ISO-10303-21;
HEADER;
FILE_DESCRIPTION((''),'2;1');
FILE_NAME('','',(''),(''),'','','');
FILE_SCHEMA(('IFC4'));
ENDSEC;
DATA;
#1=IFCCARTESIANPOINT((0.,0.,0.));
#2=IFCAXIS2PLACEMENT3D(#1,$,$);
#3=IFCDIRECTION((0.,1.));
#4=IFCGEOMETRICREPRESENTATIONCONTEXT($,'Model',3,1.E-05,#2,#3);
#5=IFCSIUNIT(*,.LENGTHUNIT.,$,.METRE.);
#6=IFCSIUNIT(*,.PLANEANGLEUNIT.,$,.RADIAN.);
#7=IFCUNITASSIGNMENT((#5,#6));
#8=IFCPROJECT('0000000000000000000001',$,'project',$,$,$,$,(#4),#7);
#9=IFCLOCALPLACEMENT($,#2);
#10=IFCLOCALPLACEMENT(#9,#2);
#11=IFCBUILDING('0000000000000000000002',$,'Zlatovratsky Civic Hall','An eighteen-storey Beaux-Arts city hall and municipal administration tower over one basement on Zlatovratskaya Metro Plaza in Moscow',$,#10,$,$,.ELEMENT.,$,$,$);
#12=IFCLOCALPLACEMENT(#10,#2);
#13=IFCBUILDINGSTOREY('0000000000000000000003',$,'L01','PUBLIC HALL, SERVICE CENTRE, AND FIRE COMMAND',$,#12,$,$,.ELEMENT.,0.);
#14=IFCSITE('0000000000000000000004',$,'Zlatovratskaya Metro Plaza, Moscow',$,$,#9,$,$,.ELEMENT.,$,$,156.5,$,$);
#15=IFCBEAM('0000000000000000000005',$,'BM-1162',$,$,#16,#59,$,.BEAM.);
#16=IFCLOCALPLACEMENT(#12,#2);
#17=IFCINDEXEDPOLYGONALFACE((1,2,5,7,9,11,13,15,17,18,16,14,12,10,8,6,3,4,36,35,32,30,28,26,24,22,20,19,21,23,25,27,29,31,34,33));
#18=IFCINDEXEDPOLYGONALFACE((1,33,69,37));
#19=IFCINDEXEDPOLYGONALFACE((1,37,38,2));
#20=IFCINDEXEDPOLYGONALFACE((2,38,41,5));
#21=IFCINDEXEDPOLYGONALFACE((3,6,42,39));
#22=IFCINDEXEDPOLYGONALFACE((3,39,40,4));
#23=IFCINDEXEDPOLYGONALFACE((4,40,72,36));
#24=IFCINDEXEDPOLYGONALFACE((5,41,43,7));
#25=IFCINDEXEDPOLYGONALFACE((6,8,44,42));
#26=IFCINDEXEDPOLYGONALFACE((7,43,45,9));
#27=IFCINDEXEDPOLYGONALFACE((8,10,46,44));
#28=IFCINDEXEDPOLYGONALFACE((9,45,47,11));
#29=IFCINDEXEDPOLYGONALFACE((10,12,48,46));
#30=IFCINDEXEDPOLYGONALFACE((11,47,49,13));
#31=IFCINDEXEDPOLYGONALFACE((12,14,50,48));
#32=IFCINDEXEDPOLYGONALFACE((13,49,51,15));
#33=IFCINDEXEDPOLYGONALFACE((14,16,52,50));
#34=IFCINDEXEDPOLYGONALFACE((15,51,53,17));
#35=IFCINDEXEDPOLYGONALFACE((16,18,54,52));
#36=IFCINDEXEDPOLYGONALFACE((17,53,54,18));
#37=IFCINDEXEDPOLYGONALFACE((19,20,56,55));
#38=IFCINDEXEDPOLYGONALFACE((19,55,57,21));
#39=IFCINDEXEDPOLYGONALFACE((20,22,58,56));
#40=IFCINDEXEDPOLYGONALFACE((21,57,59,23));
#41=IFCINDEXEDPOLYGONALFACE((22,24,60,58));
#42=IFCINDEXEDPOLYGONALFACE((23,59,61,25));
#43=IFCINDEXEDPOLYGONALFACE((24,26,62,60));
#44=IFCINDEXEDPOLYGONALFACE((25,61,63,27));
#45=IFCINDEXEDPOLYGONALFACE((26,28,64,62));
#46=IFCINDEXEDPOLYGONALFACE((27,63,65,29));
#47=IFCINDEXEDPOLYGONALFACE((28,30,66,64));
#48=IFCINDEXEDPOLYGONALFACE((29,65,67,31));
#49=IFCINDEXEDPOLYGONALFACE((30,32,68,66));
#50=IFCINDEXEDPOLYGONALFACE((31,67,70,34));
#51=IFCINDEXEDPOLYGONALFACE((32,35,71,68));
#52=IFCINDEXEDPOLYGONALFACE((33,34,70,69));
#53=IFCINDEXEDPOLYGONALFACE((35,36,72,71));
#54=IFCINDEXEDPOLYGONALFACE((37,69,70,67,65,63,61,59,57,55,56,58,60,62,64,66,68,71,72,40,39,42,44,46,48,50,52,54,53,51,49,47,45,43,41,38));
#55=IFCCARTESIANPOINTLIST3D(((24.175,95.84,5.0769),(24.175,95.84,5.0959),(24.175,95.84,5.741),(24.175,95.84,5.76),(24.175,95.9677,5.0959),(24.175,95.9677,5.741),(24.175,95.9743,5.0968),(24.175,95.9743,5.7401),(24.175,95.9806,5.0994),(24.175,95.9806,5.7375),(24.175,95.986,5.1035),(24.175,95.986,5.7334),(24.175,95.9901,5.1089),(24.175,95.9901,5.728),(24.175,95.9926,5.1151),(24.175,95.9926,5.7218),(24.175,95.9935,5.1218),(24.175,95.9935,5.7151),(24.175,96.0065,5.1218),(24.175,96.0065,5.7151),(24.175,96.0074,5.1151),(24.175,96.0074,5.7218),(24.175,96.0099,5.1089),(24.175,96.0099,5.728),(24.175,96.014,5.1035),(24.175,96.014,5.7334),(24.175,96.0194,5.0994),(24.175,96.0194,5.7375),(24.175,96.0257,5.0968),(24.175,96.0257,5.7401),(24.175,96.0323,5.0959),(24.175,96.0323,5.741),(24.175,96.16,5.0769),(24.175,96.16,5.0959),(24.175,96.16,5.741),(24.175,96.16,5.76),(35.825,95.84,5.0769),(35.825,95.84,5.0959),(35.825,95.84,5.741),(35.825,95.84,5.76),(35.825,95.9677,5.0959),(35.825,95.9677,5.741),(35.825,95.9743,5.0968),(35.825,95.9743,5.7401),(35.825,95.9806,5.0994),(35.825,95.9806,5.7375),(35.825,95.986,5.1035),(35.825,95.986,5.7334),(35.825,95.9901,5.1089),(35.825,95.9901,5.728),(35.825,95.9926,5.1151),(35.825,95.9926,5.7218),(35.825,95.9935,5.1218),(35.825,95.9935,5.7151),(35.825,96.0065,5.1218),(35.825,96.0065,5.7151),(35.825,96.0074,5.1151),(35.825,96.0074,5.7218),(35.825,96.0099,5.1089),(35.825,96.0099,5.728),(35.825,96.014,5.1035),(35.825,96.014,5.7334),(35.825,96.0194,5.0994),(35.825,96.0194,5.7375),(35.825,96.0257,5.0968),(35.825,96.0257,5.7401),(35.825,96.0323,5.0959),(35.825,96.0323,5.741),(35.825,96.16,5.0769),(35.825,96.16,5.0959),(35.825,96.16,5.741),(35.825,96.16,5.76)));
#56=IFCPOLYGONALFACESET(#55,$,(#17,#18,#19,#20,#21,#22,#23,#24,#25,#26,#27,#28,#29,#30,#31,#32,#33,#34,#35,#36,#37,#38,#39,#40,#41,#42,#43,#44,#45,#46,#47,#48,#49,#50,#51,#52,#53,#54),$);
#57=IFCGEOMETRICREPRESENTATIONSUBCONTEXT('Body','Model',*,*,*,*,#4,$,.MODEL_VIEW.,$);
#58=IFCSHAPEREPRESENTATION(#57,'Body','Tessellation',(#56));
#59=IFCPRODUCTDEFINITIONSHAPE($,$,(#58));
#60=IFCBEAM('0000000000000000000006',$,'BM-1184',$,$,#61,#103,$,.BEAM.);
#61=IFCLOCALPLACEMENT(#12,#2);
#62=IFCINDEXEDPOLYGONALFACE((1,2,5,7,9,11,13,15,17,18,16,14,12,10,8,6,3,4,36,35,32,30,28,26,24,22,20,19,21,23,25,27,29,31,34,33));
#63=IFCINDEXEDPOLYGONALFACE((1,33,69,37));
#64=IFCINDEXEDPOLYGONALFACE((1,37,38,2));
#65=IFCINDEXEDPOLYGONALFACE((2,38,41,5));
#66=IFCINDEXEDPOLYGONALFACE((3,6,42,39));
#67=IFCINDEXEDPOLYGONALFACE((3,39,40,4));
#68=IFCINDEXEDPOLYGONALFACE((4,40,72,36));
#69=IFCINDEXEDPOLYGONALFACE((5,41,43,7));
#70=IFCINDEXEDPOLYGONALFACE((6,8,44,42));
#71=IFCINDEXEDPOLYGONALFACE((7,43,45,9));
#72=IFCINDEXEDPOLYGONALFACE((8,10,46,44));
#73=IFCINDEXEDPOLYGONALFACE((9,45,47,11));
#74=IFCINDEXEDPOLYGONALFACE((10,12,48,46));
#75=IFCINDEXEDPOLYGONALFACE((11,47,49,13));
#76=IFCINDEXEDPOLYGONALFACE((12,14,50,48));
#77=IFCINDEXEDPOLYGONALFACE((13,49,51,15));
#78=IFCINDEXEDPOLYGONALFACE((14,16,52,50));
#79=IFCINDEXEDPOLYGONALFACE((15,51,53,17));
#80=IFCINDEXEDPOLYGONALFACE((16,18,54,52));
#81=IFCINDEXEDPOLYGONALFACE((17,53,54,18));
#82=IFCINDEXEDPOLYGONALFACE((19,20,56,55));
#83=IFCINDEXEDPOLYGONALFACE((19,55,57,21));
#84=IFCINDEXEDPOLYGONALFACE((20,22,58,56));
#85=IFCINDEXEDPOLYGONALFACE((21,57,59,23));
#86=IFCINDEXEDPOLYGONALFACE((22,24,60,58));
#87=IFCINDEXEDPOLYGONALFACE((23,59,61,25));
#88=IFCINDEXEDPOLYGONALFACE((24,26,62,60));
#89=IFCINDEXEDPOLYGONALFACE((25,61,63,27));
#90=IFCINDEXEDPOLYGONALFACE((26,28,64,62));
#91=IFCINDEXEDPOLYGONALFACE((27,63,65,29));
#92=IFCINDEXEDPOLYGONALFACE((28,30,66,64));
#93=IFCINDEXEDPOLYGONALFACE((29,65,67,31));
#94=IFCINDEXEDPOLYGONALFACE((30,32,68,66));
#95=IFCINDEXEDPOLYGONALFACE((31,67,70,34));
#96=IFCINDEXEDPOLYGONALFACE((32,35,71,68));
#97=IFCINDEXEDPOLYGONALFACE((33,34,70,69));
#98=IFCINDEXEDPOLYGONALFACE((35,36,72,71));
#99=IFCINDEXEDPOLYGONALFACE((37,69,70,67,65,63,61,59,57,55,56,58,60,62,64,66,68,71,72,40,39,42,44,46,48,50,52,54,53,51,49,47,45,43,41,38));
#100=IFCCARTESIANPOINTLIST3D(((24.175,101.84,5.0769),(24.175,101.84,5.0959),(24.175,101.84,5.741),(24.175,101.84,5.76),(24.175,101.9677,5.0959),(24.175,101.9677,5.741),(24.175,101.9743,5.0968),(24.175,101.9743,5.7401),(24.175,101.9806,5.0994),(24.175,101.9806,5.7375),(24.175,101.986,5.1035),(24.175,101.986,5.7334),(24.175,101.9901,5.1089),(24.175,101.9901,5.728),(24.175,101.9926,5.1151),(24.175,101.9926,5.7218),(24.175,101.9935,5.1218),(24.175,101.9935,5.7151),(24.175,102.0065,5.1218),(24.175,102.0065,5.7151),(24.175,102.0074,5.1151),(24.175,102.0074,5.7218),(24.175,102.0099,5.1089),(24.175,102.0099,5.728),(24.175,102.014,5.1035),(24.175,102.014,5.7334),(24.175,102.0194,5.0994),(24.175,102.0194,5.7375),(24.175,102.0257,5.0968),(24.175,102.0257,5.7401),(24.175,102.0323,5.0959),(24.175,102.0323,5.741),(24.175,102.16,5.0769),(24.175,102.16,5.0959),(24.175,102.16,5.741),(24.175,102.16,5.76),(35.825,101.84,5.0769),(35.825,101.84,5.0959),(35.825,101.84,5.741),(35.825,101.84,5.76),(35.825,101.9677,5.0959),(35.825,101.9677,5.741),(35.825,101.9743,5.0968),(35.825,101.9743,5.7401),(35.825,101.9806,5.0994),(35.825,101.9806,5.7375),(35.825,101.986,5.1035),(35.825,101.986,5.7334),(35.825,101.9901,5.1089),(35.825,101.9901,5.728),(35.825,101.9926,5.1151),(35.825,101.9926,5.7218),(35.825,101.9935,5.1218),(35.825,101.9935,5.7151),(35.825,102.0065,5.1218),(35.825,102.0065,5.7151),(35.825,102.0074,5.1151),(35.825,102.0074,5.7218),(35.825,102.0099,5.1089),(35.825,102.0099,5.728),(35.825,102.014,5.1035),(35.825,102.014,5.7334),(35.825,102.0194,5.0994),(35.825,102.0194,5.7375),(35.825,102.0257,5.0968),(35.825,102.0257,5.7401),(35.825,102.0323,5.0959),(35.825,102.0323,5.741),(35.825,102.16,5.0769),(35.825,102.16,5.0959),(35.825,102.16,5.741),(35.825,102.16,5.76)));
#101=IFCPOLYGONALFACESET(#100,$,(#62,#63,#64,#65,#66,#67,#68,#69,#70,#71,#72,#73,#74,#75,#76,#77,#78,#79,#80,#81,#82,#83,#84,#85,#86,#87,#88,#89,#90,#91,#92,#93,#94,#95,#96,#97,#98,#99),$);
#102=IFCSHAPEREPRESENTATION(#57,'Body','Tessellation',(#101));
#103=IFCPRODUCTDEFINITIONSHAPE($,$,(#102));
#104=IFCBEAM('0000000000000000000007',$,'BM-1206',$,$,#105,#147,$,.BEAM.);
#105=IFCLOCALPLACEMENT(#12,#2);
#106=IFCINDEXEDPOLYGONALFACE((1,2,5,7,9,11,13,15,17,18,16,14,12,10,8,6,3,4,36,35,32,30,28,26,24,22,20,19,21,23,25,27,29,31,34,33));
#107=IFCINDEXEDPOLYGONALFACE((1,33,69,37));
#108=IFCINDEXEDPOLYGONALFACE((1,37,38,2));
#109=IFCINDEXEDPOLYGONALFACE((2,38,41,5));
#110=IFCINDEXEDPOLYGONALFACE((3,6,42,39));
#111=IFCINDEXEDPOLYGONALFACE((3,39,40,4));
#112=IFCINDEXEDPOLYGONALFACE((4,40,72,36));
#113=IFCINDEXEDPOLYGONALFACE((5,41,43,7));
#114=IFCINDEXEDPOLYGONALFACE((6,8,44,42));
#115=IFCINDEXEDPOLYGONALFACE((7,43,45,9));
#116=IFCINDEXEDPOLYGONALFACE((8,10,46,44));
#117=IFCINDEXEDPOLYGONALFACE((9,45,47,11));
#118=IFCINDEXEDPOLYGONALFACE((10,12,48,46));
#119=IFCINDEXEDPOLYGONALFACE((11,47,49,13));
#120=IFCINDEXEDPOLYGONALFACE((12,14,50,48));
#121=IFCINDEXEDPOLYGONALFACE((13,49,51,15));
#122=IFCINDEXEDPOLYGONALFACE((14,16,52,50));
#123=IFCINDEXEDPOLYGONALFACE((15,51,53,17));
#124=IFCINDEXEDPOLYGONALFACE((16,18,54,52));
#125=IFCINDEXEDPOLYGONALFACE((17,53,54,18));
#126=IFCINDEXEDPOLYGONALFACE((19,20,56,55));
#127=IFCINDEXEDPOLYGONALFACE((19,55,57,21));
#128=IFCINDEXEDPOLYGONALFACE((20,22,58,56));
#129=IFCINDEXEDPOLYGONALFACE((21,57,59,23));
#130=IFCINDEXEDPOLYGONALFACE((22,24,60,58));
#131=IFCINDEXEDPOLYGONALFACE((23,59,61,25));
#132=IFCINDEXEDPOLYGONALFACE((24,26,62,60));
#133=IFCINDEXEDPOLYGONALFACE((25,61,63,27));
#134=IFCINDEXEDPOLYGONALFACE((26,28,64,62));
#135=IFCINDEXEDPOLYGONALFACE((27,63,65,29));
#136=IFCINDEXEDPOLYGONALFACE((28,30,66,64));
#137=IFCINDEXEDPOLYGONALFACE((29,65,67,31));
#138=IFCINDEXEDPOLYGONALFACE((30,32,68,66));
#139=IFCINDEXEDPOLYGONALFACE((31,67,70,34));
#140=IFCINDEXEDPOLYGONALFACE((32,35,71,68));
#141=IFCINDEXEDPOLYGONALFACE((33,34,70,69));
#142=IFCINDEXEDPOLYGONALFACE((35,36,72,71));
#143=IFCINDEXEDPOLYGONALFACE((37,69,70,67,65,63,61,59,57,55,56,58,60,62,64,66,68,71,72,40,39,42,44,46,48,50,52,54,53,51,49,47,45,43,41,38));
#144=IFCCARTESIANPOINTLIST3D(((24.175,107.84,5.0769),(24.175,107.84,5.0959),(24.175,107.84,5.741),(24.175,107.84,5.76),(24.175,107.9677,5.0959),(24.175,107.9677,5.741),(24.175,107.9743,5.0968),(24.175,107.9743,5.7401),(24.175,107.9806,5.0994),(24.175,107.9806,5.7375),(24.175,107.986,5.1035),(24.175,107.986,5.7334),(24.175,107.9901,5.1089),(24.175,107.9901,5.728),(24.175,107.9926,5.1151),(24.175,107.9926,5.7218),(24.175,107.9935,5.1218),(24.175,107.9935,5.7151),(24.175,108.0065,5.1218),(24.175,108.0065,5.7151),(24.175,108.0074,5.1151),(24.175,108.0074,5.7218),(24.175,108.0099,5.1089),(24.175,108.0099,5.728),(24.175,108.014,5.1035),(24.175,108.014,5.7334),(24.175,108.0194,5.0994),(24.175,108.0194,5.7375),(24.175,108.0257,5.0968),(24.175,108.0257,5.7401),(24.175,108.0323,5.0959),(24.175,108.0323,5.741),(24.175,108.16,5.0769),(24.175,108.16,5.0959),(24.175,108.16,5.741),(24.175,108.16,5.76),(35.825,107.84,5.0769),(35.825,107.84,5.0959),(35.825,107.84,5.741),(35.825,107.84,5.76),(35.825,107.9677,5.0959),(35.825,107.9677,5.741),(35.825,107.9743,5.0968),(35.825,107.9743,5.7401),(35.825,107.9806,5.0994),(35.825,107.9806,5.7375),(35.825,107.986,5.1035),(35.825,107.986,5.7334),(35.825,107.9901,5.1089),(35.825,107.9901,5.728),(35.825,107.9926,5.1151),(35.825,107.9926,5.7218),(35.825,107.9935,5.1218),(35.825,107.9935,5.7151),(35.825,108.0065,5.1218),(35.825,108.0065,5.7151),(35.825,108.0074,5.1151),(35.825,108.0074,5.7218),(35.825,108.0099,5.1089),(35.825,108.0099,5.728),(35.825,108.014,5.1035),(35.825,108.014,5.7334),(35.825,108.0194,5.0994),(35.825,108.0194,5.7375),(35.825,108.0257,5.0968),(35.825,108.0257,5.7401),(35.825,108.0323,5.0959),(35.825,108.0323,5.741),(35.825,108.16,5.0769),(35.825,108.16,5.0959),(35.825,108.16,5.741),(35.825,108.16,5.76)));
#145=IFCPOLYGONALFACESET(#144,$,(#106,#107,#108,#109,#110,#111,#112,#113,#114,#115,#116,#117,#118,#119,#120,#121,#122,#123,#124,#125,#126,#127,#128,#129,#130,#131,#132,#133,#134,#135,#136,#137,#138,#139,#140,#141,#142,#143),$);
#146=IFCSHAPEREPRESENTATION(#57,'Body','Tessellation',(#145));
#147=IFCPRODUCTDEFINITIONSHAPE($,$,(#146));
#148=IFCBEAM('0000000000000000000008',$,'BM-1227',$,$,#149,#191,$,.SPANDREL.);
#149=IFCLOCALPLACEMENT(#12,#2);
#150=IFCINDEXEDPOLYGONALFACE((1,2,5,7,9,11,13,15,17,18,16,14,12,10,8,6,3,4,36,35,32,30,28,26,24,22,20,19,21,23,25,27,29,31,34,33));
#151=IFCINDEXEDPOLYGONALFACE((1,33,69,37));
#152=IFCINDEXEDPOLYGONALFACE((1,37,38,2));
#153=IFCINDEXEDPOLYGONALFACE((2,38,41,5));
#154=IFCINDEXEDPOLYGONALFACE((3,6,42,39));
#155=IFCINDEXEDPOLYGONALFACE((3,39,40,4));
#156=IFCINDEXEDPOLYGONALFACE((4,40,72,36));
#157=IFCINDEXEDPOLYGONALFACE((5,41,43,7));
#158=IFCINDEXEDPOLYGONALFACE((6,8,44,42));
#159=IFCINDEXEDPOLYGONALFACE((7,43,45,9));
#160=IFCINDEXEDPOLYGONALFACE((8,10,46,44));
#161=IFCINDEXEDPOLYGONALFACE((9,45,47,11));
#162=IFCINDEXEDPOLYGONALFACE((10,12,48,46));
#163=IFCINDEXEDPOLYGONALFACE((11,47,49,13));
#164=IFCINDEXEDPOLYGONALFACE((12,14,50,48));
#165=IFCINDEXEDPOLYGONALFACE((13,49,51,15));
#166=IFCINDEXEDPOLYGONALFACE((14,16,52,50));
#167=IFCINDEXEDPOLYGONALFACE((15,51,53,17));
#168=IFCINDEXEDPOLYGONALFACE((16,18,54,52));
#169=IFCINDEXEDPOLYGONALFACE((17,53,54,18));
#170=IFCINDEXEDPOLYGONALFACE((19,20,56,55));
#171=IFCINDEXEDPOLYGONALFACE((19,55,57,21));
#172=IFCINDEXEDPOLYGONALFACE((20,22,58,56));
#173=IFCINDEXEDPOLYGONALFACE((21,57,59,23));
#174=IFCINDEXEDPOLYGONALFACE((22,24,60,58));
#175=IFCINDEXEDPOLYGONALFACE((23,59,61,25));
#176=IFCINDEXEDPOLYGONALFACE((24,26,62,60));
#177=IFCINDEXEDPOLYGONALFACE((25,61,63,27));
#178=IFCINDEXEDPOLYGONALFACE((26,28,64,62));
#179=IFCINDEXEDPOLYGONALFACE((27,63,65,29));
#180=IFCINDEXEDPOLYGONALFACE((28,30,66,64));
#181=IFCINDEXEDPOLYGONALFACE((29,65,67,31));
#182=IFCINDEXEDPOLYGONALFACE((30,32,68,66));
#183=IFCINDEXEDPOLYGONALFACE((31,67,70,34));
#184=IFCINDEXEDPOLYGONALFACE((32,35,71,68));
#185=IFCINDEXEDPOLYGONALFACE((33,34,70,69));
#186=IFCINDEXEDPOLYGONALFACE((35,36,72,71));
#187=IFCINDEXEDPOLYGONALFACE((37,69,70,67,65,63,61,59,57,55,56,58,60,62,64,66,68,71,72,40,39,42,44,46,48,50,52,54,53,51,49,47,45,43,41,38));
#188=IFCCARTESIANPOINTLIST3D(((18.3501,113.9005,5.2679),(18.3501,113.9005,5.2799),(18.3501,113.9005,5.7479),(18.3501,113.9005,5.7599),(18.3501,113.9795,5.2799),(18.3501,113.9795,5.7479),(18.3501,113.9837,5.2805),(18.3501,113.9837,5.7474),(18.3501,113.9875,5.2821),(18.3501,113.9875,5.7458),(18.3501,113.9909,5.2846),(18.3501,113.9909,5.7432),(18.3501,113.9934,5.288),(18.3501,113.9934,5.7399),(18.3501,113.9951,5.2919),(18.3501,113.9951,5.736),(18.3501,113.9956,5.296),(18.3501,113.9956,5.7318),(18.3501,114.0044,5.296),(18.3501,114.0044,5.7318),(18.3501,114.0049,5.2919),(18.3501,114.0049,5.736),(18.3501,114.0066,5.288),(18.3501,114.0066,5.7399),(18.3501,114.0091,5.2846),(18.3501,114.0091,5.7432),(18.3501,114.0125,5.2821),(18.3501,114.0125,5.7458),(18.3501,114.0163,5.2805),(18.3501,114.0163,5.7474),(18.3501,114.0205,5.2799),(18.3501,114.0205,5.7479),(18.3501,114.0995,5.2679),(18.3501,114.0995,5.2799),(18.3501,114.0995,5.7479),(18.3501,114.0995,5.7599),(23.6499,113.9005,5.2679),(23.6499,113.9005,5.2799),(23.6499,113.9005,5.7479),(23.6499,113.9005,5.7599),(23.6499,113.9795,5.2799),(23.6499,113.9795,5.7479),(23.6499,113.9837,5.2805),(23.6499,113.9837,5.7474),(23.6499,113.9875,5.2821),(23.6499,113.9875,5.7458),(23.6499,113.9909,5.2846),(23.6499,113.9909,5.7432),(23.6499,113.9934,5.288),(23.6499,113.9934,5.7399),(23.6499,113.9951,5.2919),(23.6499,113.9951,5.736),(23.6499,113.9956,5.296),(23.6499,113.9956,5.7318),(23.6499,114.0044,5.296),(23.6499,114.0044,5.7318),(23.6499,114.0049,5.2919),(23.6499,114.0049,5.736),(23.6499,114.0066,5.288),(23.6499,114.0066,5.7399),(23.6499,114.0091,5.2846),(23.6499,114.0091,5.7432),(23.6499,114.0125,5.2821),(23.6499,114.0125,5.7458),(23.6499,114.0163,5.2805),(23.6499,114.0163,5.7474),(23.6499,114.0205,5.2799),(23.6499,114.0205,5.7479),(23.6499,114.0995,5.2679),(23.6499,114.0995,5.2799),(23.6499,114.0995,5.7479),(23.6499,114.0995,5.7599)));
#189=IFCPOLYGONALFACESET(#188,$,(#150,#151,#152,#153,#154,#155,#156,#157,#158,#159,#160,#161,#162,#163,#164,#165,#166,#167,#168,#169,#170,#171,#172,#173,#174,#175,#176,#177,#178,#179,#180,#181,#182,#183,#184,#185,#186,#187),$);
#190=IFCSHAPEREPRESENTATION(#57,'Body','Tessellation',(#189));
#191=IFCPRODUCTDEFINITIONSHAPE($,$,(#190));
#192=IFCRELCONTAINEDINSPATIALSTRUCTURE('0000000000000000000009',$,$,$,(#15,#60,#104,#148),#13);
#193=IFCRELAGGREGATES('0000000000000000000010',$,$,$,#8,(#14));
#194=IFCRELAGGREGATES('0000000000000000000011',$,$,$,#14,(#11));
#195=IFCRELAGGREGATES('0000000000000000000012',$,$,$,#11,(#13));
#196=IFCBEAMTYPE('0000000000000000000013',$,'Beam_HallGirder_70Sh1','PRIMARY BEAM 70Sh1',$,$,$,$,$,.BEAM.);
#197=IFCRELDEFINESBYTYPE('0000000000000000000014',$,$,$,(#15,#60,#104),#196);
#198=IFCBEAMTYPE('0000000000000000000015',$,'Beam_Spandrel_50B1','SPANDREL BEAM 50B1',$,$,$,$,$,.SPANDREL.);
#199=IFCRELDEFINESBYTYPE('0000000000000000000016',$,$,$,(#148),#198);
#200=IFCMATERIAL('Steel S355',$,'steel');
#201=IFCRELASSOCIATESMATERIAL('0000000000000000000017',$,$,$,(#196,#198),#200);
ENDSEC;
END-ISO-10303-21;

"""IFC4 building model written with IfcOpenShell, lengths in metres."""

from ifc_helpers import new_model, si_unit, direction, frame, origin, origin_2d, place, context, subcontext, project, spatial, i_section, extrude, material, material_profile, profile_set, type_object, element, save


model = new_model("IFC4")

# Units and contexts
model_context = context("Model", 3, precision=1e-05, world=origin(), true_north=direction((0.0, 1.0)))
body_context = subcontext(model_context, "Body", "Model", "MODEL_VIEW")
ifc_project = project(units=[si_unit("LENGTHUNIT", "METRE"), si_unit("PLANEANGLEUNIT", "RADIAN")], contexts=[model_context])

# Site, building, storey
site_placement = place(None, origin())
site = spatial("IfcSite", under=ifc_project, at=site_placement, Name="Zlatovratskaya Metro Plaza, Moscow", CompositionType="ELEMENT", RefElevation=156.5)
building_placement = place(site_placement, origin())
building = spatial("IfcBuilding", under=site, at=building_placement, Name="Zlatovratsky Civic Hall", Description="An eighteen-storey Beaux-Arts city hall and municipal administration tower over one basement on Zlatovratskaya Metro Plaza in Moscow", CompositionType="ELEMENT")
storey_placement = place(building_placement, origin())
storey = spatial("IfcBuildingStorey", under=building, at=storey_placement, Name="L01", Description="PUBLIC HALL, SERVICE CENTRE, AND FIRE COMMAND", CompositionType="ELEMENT", Elevation=0.0)

# Shared definitions
ifc_material_1 = material(Name="Steel S355", Category="steel")

# Beams
ifc_material_profile_1 = material_profile(ifc_material_1, i_section(OverallWidth=0.3201, OverallDepth=0.6831, WebThickness=0.0129, FlangeThickness=0.019, FilletRadius=0.0259, at=origin_2d()), Name="70Sh1")
ifc_profile_set_1 = profile_set([ifc_material_profile_1], Name="Steel S355")
beam_type_1 = type_object("IfcBeamType", Name="Beam_HallGirder_70Sh1", Description="PRIMARY BEAM 70Sh1", PredefinedType="BEAM", material=ifc_profile_set_1)
for number, where, z_axis, x_axis, name in (
    (1, (24.175, 96.0, 5.4185), (1.0, 0.0, 0.0), (0.0, 1.0, 0.0), "BM-1162"),
    (2, (24.175, 102.0, 5.4185), (1.0, 0.0, 0.0), (0.0, 1.0, 0.0), "BM-1184"),
    (3, (24.175, 108.0, 5.4185), (1.0, 0.0, 0.0), (0.0, 1.0, 0.0), "BM-1206"),
):
    element("IfcBeam", number, at=place(storey_placement, frame(where, z_axis=z_axis, x_axis=x_axis)), inside=storey, type_object=beam_type_1, Name=name, PredefinedType="BEAM", context=body_context, shape_type="SweptSolid", body=[
        extrude(i_section(OverallWidth=0.3201, OverallDepth=0.6831, WebThickness=0.0129, FlangeThickness=0.019, FilletRadius=0.0259, at=origin_2d()), origin(), (0.0, 0.0, 1.0), 11.6499),
    ])
ifc_material_profile_2 = material_profile(ifc_material_1, i_section(OverallWidth=0.199, OverallDepth=0.4919, WebThickness=0.0088, FlangeThickness=0.012, FilletRadius=0.0161, at=origin_2d()), Name="50B1")
ifc_profile_set_2 = profile_set([ifc_material_profile_2], Name="Steel S355")
beam_type_2 = type_object("IfcBeamType", Name="Beam_Spandrel_50B1", Description="SPANDREL BEAM 50B1", PredefinedType="SPANDREL", material=ifc_profile_set_2)
beam_1_placement = place(storey_placement, frame((18.3501, 114.0, 5.5139), z_axis=(1.0, 0.0, 0.0), x_axis=(0.0, 1.0, 0.0)))
element("IfcBeam", 4, at=beam_1_placement, inside=storey, type_object=beam_type_2, Name="BM-1227", PredefinedType="SPANDREL", context=body_context, shape_type="SweptSolid", body=[
    extrude(i_section(OverallWidth=0.199, OverallDepth=0.4919, WebThickness=0.0088, FlangeThickness=0.012, FilletRadius=0.0161, at=origin_2d()), origin(), (0.0, 0.0, 1.0), 5.2998),
])

save(model, "model.ifc")
